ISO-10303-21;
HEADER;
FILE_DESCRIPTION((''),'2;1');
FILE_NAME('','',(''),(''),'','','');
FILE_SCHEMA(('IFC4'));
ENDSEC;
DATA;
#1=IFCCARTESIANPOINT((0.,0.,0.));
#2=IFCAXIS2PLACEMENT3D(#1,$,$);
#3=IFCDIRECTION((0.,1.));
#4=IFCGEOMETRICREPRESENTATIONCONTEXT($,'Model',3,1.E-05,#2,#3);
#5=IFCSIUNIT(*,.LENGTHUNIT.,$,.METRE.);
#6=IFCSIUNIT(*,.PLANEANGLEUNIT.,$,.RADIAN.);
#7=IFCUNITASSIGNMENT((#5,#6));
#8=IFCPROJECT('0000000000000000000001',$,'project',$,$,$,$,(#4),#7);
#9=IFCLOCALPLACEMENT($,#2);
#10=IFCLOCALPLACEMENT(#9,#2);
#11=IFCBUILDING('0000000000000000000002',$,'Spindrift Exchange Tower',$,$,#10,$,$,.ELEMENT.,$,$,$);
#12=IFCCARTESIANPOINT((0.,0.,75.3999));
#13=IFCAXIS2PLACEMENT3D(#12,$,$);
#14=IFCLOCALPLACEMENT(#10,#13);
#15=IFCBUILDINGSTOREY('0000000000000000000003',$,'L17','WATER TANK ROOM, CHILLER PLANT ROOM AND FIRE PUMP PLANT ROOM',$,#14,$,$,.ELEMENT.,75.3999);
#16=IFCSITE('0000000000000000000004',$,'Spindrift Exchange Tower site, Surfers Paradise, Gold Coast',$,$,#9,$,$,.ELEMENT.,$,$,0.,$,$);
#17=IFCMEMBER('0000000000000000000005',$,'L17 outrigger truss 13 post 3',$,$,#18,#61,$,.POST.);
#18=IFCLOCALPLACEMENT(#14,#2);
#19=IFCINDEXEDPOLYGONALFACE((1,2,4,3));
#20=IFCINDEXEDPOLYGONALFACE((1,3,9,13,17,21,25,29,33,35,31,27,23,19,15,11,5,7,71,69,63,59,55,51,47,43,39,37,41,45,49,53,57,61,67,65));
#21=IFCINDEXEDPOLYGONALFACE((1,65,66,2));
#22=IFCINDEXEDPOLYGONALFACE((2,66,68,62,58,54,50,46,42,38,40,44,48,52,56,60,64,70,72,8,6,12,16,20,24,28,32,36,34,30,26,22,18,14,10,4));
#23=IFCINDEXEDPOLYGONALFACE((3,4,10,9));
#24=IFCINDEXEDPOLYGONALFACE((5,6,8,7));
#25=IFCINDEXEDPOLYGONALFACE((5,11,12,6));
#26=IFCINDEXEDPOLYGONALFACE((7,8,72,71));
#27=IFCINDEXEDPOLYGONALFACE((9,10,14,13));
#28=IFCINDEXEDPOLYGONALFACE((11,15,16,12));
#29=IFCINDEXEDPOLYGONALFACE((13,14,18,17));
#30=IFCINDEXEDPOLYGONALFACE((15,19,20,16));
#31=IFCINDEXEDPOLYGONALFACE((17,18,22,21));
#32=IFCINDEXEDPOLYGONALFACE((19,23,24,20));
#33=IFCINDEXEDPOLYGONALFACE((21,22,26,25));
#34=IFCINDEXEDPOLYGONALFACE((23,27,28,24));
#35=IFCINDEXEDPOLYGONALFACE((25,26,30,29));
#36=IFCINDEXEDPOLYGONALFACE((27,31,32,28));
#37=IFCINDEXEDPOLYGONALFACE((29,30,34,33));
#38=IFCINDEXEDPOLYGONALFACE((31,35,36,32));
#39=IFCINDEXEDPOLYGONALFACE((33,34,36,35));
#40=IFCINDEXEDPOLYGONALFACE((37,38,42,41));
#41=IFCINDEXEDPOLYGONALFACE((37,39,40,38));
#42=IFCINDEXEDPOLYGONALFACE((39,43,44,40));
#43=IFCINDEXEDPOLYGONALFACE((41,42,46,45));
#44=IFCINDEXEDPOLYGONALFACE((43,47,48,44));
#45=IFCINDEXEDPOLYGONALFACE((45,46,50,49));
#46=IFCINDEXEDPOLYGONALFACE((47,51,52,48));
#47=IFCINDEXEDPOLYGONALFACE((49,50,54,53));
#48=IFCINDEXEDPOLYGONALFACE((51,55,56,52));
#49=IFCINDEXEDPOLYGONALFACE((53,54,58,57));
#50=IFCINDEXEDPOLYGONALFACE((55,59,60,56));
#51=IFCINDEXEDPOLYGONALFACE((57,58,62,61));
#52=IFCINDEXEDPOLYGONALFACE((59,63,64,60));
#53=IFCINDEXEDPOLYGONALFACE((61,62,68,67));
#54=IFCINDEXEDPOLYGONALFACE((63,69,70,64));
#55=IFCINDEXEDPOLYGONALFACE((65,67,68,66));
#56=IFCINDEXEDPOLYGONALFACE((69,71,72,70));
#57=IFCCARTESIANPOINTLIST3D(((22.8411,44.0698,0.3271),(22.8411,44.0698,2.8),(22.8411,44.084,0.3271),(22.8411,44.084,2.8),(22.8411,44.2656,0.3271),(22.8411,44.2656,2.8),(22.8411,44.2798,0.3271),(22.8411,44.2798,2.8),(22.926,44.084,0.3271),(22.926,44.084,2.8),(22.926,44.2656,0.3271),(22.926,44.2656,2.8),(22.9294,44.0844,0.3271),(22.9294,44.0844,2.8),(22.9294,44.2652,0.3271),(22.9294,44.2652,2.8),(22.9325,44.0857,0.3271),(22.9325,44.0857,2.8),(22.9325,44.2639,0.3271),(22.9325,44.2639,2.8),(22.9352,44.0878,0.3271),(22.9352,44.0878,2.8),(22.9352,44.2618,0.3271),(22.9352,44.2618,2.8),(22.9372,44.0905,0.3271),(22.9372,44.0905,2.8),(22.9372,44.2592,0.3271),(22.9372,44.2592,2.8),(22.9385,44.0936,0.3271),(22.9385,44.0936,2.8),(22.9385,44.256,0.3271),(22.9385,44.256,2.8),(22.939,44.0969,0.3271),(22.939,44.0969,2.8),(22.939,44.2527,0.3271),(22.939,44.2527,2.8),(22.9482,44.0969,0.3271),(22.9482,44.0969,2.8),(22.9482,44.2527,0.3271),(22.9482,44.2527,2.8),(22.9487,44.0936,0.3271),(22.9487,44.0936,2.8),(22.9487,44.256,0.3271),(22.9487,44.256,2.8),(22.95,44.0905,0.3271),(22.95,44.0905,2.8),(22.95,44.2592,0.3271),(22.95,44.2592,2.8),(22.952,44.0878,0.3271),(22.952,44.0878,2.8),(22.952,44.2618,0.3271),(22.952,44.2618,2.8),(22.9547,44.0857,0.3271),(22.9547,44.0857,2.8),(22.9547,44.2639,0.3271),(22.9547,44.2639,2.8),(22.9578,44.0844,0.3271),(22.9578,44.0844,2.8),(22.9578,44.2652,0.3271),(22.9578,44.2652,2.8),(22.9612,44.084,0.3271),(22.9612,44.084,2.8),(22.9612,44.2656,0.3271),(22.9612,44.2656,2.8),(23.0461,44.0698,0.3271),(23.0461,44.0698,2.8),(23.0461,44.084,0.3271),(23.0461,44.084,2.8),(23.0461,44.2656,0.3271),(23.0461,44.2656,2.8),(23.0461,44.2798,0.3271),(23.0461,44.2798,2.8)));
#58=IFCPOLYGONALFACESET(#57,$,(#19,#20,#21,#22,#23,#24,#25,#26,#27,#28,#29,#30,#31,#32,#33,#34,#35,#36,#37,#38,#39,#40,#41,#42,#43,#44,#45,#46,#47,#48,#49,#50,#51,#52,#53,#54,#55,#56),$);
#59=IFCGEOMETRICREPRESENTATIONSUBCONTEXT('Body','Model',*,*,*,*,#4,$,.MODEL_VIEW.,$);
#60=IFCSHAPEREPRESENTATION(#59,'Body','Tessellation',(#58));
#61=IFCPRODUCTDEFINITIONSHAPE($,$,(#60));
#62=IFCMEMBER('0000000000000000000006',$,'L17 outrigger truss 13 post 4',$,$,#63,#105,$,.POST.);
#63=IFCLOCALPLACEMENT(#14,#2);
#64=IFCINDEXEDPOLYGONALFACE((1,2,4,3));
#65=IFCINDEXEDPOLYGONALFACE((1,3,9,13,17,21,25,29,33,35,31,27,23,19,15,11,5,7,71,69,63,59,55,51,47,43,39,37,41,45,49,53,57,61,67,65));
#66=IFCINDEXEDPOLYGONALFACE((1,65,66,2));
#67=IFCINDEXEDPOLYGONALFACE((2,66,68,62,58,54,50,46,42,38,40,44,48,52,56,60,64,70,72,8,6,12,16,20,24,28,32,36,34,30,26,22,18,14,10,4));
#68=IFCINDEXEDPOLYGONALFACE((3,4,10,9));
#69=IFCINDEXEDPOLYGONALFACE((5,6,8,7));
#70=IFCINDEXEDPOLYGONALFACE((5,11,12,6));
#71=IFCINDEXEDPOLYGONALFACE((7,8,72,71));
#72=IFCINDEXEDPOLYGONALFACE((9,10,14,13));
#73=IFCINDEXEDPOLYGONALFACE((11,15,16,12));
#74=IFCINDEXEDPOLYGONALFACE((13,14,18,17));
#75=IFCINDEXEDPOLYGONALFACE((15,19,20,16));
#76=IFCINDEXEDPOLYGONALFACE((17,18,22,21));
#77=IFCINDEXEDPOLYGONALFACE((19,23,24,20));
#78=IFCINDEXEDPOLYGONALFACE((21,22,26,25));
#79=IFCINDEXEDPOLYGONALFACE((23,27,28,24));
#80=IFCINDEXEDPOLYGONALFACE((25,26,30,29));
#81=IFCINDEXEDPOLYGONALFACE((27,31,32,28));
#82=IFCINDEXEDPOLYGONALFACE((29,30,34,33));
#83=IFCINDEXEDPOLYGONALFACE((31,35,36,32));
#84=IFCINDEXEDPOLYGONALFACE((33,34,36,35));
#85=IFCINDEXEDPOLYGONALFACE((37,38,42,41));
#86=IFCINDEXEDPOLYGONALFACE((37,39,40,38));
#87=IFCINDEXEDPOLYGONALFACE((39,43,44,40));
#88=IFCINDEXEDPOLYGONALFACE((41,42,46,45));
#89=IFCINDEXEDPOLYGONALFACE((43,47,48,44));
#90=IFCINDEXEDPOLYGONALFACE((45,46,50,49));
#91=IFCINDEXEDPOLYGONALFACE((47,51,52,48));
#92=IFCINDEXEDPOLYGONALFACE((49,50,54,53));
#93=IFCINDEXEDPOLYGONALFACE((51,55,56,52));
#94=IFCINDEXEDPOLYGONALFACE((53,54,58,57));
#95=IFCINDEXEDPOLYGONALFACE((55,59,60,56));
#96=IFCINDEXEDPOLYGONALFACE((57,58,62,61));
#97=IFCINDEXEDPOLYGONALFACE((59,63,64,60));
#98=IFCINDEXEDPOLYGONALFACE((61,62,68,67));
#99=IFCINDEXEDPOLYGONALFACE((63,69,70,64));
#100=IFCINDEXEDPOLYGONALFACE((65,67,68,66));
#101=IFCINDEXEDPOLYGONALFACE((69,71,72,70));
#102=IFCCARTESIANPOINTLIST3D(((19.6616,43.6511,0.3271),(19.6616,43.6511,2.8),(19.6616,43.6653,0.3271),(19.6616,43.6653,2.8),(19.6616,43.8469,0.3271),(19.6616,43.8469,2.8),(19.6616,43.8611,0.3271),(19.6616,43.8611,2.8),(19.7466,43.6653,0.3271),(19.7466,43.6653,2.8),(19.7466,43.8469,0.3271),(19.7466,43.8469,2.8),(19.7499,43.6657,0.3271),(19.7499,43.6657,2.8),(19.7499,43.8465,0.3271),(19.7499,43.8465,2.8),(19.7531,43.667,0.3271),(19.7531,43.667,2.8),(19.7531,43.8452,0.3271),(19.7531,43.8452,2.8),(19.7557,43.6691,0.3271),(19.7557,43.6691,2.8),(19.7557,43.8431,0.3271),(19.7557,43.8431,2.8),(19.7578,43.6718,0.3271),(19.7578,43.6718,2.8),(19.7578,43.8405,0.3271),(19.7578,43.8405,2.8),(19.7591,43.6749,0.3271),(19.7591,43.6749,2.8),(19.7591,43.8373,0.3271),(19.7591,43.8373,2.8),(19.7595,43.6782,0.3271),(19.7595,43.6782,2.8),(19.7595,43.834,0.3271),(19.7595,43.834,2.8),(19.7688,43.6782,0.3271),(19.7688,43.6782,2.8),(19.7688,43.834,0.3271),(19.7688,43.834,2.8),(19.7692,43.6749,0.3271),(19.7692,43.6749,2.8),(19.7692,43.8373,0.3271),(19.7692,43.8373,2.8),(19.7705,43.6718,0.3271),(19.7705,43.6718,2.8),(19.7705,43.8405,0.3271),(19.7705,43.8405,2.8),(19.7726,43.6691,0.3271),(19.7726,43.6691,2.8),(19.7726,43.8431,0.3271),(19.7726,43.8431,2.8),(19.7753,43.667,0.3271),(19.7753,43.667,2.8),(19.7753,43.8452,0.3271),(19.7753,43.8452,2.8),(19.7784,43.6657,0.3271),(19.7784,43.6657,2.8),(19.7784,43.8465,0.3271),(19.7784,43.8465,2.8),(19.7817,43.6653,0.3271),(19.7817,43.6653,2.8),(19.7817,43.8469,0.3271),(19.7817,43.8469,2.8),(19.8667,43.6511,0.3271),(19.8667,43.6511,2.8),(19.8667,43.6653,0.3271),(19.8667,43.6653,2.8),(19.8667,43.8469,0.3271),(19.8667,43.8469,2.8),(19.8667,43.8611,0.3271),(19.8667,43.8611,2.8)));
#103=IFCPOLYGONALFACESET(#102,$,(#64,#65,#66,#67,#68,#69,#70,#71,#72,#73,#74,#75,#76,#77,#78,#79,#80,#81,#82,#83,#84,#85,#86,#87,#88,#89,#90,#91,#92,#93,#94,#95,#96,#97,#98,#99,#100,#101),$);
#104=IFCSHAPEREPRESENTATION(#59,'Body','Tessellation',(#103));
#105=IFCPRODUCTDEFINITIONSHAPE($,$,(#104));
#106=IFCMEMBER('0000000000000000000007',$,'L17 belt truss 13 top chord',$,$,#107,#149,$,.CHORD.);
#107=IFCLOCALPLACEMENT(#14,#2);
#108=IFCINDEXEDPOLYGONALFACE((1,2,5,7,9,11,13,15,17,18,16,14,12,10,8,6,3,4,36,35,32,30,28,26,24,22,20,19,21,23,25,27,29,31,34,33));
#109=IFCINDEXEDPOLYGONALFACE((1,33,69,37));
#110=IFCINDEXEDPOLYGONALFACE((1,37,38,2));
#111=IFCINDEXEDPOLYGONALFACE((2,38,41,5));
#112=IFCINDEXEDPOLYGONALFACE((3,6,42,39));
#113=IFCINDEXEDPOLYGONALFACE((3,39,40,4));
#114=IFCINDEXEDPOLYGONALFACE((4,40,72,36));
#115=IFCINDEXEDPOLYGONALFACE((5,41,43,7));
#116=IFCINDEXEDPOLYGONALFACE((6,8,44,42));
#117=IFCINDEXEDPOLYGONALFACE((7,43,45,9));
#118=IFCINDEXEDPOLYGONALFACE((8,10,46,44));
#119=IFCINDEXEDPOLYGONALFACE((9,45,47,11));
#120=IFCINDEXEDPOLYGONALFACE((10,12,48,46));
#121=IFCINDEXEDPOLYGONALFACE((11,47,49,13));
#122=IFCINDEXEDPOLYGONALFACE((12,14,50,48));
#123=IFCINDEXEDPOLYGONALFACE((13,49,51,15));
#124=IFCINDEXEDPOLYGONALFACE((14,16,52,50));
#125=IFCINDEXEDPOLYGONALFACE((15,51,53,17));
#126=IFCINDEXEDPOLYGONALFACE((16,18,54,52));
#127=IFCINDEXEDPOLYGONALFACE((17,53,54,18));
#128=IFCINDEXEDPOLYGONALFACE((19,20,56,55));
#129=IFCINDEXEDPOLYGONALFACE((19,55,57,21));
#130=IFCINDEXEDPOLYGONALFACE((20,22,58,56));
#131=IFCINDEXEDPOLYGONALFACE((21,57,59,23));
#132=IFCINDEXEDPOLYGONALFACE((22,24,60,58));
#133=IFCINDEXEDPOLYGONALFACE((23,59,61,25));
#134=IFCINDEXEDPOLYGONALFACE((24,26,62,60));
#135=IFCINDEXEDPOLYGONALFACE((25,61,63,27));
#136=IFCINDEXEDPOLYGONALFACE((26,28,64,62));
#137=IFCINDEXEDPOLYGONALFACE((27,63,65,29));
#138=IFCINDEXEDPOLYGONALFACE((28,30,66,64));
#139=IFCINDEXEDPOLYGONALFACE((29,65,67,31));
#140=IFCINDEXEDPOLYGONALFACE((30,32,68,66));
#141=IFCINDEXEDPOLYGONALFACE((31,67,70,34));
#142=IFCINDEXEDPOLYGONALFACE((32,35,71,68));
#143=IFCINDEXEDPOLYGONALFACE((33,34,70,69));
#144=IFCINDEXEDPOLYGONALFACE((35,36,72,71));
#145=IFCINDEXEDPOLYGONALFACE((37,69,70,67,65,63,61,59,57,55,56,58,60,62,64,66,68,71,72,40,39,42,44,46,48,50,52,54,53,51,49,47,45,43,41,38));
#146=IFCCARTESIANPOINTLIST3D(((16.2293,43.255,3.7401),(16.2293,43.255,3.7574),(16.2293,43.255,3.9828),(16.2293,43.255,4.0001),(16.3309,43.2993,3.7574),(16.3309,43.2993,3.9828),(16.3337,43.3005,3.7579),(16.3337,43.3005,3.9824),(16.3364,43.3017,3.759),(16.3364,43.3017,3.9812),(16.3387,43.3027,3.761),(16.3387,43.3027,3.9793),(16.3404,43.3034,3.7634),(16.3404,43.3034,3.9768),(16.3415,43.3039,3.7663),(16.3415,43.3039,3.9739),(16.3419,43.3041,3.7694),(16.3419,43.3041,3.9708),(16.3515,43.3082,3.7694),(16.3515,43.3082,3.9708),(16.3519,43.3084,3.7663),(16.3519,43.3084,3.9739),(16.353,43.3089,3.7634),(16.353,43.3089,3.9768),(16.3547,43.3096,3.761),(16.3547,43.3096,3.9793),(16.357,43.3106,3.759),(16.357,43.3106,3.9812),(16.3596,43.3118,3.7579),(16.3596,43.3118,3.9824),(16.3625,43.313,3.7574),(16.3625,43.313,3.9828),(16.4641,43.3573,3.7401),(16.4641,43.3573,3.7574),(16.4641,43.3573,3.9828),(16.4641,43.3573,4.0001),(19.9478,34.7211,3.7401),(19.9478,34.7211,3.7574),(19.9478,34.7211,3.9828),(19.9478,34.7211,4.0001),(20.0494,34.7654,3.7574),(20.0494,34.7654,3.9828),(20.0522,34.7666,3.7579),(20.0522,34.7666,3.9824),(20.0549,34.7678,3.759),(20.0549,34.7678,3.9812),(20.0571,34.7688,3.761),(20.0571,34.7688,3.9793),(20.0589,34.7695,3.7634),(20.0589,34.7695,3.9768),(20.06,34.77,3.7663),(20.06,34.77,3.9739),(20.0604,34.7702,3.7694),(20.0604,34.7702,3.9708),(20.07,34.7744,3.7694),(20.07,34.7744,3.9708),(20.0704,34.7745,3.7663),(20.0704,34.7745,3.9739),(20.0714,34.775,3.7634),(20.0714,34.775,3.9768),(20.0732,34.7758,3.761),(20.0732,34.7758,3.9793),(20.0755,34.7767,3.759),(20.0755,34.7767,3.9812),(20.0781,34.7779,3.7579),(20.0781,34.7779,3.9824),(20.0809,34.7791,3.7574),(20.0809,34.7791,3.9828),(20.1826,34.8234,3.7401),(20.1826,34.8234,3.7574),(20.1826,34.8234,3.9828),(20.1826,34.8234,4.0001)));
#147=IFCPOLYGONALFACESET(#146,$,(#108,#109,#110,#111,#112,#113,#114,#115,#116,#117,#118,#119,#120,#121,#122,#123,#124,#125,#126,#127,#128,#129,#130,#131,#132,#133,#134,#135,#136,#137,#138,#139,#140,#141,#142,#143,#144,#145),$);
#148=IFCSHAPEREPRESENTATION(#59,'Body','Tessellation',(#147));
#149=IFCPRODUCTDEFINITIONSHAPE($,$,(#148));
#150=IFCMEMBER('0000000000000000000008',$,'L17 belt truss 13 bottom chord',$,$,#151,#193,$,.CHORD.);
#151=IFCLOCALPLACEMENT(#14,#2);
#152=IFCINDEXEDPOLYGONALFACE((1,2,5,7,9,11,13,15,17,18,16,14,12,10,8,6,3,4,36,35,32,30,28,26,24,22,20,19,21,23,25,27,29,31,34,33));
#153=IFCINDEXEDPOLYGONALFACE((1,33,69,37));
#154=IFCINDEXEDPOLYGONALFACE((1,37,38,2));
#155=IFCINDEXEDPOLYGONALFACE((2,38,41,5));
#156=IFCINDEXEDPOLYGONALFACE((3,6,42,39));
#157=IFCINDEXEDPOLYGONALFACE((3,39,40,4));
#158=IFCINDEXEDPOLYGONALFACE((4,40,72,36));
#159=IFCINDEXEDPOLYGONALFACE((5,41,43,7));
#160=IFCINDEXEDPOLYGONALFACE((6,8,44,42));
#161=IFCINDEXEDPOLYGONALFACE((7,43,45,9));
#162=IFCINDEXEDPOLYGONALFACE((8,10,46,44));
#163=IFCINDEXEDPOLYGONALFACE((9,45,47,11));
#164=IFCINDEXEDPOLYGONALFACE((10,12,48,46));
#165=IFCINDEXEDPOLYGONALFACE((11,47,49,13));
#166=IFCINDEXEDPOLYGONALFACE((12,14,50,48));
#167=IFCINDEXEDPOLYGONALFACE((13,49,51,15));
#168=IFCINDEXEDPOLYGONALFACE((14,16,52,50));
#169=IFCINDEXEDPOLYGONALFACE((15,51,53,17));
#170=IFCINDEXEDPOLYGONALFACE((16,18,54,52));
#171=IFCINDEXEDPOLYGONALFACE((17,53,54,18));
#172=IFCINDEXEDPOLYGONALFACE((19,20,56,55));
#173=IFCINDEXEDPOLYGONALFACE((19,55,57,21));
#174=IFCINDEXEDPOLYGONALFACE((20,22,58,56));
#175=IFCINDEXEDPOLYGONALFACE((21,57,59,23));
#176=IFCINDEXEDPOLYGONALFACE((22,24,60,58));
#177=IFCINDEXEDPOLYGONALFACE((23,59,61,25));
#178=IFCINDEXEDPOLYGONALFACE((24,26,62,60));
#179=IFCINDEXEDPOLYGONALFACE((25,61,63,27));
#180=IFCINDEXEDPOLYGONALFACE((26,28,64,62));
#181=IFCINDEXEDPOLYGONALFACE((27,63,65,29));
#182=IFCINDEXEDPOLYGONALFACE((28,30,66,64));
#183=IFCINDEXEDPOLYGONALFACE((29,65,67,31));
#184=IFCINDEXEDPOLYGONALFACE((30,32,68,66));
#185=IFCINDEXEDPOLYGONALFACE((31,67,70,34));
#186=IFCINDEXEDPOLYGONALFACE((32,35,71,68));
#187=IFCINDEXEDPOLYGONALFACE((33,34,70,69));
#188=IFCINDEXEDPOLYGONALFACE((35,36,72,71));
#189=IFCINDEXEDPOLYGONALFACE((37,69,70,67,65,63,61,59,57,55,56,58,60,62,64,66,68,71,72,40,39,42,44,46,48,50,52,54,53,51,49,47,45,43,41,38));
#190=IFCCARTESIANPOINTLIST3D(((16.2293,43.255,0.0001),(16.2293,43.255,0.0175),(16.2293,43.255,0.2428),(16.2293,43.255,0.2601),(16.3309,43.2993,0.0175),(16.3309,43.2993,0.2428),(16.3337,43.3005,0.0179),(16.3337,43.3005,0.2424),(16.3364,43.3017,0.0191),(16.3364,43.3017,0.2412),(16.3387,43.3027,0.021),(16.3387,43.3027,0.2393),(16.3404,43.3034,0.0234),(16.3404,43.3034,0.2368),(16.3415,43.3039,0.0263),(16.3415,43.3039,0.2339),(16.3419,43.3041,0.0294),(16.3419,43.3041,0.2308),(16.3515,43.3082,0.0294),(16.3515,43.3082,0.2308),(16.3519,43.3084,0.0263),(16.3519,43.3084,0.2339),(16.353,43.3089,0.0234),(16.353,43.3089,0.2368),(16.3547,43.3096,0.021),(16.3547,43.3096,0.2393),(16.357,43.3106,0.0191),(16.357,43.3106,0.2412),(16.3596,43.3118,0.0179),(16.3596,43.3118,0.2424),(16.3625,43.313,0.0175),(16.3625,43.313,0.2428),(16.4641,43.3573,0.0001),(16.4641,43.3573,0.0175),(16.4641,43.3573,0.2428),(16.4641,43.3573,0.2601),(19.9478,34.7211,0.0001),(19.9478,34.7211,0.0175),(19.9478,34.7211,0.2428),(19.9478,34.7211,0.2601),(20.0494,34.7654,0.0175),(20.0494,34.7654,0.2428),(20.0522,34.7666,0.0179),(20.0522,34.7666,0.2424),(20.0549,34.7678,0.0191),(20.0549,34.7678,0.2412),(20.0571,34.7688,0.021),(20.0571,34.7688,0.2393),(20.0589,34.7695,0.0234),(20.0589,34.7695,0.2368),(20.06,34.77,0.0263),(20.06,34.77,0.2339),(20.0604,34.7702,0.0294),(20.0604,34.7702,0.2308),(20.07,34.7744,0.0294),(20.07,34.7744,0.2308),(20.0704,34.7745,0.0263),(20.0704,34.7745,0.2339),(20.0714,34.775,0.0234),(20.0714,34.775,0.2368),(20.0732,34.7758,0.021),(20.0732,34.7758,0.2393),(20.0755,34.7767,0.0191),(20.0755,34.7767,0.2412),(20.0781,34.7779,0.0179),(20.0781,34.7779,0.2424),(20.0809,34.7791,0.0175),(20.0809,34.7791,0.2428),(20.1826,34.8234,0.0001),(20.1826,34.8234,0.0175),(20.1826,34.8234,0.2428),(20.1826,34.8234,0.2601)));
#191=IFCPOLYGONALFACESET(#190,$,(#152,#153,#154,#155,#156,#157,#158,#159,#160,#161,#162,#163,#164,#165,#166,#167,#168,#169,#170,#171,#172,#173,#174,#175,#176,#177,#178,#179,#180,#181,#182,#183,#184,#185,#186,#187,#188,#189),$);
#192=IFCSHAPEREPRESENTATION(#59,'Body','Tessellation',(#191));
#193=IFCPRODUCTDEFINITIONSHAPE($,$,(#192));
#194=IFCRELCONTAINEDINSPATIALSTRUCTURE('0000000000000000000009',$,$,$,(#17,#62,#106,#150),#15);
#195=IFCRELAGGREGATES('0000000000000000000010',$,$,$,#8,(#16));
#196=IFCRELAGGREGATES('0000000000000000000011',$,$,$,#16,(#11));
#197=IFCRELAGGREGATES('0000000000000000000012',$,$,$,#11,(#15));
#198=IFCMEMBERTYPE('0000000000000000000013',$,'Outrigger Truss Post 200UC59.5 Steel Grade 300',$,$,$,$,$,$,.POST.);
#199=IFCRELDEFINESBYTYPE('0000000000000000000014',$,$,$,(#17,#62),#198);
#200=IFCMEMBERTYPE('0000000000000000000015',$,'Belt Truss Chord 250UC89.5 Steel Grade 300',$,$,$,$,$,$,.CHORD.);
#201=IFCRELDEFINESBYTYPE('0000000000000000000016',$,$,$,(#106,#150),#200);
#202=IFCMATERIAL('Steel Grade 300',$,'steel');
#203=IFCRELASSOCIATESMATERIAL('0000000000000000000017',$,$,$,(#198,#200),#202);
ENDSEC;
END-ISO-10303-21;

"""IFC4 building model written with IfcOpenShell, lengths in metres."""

from ifc_helpers import new_model, si_unit, direction, frame, origin, origin_2d, place, context, subcontext, project, spatial, i_section, extrude, source, transform, mapped, material, material_profile, profile_set, type_object, element, save


model = new_model("IFC4")

# Units and contexts
model_context = context("Model", 3, precision=1e-05, world=origin(), true_north=direction((0.0, 1.0)))
body_context = subcontext(model_context, "Body", "Model", "MODEL_VIEW")
ifc_project = project(units=[si_unit("LENGTHUNIT", "METRE"), si_unit("PLANEANGLEUNIT", "RADIAN")], contexts=[model_context])

# Site, building, storey
site_placement = place(None, origin())
site = spatial("IfcSite", under=ifc_project, at=site_placement, Name="Spindrift Exchange Tower site, Surfers Paradise, Gold Coast", CompositionType="ELEMENT", RefElevation=0.0)
building_placement = place(site_placement, origin())
building = spatial("IfcBuilding", under=site, at=building_placement, Name="Spindrift Exchange Tower", CompositionType="ELEMENT")
storey_placement = place(building_placement, frame((0.0, 0.0, 75.3999)))
storey = spatial("IfcBuildingStorey", under=building, at=storey_placement, Name="L17", Description="WATER TANK ROOM, CHILLER PLANT ROOM AND FIRE PUMP PLANT ROOM", CompositionType="ELEMENT", Elevation=75.3999)

# Shared definitions
ifc_material_1 = material(Name="Steel Grade 300", Category="steel")

# Members
ifc_material_profile_1 = material_profile(ifc_material_1, i_section(OverallWidth=0.2051, OverallDepth=0.21, WebThickness=0.0093, FlangeThickness=0.0142, FilletRadius=0.0129, at=origin_2d()), Name="200UC59.5")
ifc_profile_set_1 = profile_set([ifc_material_profile_1], Name="Steel Grade 300")
member_type_1 = type_object("IfcMemberType", Name="Outrigger Truss Post 200UC59.5 Steel Grade 300", PredefinedType="POST", material=ifc_profile_set_1)
shared_shape_1 = source(origin(), body_context, "Body", "SweptSolid", [
    extrude(i_section(OverallWidth=0.2051, OverallDepth=0.21, WebThickness=0.0093, FlangeThickness=0.0142, FilletRadius=0.0129, at=origin_2d()), origin(), (0.0, 0.0, 1.0), 2.4729),
])
for number, where, z_axis, x_axis, name in (
    (1, (22.9436, 44.1748, 0.3271), (0.0, 0.0, 1.0), (1.0, 0.0, 0.0), "L17 outrigger truss 13 post 3"),
    (2, (19.7642, 43.7561, 0.3271), (0.0, 0.0, 1.0), (1.0, 0.0, 0.0), "L17 outrigger truss 13 post 4"),
):
    element("IfcMember", number, at=place(storey_placement, frame(where, z_axis=z_axis, x_axis=x_axis)), inside=storey, type_object=member_type_1, Name=name, PredefinedType="POST", context=body_context, shape_type="MappedRepresentation", body=[
        mapped(shared_shape_1, transform((0.0, 0.0, 0.0), scale=1.0)),
    ])
ifc_material_profile_2 = material_profile(ifc_material_1, i_section(OverallWidth=0.2561, OverallDepth=0.26, WebThickness=0.0105, FlangeThickness=0.0173, FilletRadius=0.012, at=origin_2d()), Name="250UC89.5")
ifc_profile_set_2 = profile_set([ifc_material_profile_2], Name="Steel Grade 300")
member_type_2 = type_object("IfcMemberType", Name="Belt Truss Chord 250UC89.5 Steel Grade 300", PredefinedType="CHORD", material=ifc_profile_set_2)
shared_shape_2 = source(origin(), body_context, "Body", "SweptSolid", [
    extrude(i_section(OverallWidth=0.2561, OverallDepth=0.26, WebThickness=0.0105, FlangeThickness=0.0173, FilletRadius=0.012, at=origin_2d()), origin(), (0.0, 0.0, 1.0), 9.3088),
])
for number, where, z_axis, x_axis, name in (
    (3, (16.3467, 43.3062, 3.8701), (0.399458, -0.916752, 0.0), (0.916752, 0.399458, 0.0), "L17 belt truss 13 top chord"),
    (4, (16.3467, 43.3062, 0.1301), (0.399458, -0.916752, 0.0), (0.916752, 0.399458, 0.0), "L17 belt truss 13 bottom chord"),
):
    element("IfcMember", number, at=place(storey_placement, frame(where, z_axis=z_axis, x_axis=x_axis)), inside=storey, type_object=member_type_2, Name=name, PredefinedType="CHORD", context=body_context, shape_type="MappedRepresentation", body=[
        mapped(shared_shape_2, transform((0.0, 0.0, 0.0), scale=1.0)),
    ])

save(model, "model.ifc")
